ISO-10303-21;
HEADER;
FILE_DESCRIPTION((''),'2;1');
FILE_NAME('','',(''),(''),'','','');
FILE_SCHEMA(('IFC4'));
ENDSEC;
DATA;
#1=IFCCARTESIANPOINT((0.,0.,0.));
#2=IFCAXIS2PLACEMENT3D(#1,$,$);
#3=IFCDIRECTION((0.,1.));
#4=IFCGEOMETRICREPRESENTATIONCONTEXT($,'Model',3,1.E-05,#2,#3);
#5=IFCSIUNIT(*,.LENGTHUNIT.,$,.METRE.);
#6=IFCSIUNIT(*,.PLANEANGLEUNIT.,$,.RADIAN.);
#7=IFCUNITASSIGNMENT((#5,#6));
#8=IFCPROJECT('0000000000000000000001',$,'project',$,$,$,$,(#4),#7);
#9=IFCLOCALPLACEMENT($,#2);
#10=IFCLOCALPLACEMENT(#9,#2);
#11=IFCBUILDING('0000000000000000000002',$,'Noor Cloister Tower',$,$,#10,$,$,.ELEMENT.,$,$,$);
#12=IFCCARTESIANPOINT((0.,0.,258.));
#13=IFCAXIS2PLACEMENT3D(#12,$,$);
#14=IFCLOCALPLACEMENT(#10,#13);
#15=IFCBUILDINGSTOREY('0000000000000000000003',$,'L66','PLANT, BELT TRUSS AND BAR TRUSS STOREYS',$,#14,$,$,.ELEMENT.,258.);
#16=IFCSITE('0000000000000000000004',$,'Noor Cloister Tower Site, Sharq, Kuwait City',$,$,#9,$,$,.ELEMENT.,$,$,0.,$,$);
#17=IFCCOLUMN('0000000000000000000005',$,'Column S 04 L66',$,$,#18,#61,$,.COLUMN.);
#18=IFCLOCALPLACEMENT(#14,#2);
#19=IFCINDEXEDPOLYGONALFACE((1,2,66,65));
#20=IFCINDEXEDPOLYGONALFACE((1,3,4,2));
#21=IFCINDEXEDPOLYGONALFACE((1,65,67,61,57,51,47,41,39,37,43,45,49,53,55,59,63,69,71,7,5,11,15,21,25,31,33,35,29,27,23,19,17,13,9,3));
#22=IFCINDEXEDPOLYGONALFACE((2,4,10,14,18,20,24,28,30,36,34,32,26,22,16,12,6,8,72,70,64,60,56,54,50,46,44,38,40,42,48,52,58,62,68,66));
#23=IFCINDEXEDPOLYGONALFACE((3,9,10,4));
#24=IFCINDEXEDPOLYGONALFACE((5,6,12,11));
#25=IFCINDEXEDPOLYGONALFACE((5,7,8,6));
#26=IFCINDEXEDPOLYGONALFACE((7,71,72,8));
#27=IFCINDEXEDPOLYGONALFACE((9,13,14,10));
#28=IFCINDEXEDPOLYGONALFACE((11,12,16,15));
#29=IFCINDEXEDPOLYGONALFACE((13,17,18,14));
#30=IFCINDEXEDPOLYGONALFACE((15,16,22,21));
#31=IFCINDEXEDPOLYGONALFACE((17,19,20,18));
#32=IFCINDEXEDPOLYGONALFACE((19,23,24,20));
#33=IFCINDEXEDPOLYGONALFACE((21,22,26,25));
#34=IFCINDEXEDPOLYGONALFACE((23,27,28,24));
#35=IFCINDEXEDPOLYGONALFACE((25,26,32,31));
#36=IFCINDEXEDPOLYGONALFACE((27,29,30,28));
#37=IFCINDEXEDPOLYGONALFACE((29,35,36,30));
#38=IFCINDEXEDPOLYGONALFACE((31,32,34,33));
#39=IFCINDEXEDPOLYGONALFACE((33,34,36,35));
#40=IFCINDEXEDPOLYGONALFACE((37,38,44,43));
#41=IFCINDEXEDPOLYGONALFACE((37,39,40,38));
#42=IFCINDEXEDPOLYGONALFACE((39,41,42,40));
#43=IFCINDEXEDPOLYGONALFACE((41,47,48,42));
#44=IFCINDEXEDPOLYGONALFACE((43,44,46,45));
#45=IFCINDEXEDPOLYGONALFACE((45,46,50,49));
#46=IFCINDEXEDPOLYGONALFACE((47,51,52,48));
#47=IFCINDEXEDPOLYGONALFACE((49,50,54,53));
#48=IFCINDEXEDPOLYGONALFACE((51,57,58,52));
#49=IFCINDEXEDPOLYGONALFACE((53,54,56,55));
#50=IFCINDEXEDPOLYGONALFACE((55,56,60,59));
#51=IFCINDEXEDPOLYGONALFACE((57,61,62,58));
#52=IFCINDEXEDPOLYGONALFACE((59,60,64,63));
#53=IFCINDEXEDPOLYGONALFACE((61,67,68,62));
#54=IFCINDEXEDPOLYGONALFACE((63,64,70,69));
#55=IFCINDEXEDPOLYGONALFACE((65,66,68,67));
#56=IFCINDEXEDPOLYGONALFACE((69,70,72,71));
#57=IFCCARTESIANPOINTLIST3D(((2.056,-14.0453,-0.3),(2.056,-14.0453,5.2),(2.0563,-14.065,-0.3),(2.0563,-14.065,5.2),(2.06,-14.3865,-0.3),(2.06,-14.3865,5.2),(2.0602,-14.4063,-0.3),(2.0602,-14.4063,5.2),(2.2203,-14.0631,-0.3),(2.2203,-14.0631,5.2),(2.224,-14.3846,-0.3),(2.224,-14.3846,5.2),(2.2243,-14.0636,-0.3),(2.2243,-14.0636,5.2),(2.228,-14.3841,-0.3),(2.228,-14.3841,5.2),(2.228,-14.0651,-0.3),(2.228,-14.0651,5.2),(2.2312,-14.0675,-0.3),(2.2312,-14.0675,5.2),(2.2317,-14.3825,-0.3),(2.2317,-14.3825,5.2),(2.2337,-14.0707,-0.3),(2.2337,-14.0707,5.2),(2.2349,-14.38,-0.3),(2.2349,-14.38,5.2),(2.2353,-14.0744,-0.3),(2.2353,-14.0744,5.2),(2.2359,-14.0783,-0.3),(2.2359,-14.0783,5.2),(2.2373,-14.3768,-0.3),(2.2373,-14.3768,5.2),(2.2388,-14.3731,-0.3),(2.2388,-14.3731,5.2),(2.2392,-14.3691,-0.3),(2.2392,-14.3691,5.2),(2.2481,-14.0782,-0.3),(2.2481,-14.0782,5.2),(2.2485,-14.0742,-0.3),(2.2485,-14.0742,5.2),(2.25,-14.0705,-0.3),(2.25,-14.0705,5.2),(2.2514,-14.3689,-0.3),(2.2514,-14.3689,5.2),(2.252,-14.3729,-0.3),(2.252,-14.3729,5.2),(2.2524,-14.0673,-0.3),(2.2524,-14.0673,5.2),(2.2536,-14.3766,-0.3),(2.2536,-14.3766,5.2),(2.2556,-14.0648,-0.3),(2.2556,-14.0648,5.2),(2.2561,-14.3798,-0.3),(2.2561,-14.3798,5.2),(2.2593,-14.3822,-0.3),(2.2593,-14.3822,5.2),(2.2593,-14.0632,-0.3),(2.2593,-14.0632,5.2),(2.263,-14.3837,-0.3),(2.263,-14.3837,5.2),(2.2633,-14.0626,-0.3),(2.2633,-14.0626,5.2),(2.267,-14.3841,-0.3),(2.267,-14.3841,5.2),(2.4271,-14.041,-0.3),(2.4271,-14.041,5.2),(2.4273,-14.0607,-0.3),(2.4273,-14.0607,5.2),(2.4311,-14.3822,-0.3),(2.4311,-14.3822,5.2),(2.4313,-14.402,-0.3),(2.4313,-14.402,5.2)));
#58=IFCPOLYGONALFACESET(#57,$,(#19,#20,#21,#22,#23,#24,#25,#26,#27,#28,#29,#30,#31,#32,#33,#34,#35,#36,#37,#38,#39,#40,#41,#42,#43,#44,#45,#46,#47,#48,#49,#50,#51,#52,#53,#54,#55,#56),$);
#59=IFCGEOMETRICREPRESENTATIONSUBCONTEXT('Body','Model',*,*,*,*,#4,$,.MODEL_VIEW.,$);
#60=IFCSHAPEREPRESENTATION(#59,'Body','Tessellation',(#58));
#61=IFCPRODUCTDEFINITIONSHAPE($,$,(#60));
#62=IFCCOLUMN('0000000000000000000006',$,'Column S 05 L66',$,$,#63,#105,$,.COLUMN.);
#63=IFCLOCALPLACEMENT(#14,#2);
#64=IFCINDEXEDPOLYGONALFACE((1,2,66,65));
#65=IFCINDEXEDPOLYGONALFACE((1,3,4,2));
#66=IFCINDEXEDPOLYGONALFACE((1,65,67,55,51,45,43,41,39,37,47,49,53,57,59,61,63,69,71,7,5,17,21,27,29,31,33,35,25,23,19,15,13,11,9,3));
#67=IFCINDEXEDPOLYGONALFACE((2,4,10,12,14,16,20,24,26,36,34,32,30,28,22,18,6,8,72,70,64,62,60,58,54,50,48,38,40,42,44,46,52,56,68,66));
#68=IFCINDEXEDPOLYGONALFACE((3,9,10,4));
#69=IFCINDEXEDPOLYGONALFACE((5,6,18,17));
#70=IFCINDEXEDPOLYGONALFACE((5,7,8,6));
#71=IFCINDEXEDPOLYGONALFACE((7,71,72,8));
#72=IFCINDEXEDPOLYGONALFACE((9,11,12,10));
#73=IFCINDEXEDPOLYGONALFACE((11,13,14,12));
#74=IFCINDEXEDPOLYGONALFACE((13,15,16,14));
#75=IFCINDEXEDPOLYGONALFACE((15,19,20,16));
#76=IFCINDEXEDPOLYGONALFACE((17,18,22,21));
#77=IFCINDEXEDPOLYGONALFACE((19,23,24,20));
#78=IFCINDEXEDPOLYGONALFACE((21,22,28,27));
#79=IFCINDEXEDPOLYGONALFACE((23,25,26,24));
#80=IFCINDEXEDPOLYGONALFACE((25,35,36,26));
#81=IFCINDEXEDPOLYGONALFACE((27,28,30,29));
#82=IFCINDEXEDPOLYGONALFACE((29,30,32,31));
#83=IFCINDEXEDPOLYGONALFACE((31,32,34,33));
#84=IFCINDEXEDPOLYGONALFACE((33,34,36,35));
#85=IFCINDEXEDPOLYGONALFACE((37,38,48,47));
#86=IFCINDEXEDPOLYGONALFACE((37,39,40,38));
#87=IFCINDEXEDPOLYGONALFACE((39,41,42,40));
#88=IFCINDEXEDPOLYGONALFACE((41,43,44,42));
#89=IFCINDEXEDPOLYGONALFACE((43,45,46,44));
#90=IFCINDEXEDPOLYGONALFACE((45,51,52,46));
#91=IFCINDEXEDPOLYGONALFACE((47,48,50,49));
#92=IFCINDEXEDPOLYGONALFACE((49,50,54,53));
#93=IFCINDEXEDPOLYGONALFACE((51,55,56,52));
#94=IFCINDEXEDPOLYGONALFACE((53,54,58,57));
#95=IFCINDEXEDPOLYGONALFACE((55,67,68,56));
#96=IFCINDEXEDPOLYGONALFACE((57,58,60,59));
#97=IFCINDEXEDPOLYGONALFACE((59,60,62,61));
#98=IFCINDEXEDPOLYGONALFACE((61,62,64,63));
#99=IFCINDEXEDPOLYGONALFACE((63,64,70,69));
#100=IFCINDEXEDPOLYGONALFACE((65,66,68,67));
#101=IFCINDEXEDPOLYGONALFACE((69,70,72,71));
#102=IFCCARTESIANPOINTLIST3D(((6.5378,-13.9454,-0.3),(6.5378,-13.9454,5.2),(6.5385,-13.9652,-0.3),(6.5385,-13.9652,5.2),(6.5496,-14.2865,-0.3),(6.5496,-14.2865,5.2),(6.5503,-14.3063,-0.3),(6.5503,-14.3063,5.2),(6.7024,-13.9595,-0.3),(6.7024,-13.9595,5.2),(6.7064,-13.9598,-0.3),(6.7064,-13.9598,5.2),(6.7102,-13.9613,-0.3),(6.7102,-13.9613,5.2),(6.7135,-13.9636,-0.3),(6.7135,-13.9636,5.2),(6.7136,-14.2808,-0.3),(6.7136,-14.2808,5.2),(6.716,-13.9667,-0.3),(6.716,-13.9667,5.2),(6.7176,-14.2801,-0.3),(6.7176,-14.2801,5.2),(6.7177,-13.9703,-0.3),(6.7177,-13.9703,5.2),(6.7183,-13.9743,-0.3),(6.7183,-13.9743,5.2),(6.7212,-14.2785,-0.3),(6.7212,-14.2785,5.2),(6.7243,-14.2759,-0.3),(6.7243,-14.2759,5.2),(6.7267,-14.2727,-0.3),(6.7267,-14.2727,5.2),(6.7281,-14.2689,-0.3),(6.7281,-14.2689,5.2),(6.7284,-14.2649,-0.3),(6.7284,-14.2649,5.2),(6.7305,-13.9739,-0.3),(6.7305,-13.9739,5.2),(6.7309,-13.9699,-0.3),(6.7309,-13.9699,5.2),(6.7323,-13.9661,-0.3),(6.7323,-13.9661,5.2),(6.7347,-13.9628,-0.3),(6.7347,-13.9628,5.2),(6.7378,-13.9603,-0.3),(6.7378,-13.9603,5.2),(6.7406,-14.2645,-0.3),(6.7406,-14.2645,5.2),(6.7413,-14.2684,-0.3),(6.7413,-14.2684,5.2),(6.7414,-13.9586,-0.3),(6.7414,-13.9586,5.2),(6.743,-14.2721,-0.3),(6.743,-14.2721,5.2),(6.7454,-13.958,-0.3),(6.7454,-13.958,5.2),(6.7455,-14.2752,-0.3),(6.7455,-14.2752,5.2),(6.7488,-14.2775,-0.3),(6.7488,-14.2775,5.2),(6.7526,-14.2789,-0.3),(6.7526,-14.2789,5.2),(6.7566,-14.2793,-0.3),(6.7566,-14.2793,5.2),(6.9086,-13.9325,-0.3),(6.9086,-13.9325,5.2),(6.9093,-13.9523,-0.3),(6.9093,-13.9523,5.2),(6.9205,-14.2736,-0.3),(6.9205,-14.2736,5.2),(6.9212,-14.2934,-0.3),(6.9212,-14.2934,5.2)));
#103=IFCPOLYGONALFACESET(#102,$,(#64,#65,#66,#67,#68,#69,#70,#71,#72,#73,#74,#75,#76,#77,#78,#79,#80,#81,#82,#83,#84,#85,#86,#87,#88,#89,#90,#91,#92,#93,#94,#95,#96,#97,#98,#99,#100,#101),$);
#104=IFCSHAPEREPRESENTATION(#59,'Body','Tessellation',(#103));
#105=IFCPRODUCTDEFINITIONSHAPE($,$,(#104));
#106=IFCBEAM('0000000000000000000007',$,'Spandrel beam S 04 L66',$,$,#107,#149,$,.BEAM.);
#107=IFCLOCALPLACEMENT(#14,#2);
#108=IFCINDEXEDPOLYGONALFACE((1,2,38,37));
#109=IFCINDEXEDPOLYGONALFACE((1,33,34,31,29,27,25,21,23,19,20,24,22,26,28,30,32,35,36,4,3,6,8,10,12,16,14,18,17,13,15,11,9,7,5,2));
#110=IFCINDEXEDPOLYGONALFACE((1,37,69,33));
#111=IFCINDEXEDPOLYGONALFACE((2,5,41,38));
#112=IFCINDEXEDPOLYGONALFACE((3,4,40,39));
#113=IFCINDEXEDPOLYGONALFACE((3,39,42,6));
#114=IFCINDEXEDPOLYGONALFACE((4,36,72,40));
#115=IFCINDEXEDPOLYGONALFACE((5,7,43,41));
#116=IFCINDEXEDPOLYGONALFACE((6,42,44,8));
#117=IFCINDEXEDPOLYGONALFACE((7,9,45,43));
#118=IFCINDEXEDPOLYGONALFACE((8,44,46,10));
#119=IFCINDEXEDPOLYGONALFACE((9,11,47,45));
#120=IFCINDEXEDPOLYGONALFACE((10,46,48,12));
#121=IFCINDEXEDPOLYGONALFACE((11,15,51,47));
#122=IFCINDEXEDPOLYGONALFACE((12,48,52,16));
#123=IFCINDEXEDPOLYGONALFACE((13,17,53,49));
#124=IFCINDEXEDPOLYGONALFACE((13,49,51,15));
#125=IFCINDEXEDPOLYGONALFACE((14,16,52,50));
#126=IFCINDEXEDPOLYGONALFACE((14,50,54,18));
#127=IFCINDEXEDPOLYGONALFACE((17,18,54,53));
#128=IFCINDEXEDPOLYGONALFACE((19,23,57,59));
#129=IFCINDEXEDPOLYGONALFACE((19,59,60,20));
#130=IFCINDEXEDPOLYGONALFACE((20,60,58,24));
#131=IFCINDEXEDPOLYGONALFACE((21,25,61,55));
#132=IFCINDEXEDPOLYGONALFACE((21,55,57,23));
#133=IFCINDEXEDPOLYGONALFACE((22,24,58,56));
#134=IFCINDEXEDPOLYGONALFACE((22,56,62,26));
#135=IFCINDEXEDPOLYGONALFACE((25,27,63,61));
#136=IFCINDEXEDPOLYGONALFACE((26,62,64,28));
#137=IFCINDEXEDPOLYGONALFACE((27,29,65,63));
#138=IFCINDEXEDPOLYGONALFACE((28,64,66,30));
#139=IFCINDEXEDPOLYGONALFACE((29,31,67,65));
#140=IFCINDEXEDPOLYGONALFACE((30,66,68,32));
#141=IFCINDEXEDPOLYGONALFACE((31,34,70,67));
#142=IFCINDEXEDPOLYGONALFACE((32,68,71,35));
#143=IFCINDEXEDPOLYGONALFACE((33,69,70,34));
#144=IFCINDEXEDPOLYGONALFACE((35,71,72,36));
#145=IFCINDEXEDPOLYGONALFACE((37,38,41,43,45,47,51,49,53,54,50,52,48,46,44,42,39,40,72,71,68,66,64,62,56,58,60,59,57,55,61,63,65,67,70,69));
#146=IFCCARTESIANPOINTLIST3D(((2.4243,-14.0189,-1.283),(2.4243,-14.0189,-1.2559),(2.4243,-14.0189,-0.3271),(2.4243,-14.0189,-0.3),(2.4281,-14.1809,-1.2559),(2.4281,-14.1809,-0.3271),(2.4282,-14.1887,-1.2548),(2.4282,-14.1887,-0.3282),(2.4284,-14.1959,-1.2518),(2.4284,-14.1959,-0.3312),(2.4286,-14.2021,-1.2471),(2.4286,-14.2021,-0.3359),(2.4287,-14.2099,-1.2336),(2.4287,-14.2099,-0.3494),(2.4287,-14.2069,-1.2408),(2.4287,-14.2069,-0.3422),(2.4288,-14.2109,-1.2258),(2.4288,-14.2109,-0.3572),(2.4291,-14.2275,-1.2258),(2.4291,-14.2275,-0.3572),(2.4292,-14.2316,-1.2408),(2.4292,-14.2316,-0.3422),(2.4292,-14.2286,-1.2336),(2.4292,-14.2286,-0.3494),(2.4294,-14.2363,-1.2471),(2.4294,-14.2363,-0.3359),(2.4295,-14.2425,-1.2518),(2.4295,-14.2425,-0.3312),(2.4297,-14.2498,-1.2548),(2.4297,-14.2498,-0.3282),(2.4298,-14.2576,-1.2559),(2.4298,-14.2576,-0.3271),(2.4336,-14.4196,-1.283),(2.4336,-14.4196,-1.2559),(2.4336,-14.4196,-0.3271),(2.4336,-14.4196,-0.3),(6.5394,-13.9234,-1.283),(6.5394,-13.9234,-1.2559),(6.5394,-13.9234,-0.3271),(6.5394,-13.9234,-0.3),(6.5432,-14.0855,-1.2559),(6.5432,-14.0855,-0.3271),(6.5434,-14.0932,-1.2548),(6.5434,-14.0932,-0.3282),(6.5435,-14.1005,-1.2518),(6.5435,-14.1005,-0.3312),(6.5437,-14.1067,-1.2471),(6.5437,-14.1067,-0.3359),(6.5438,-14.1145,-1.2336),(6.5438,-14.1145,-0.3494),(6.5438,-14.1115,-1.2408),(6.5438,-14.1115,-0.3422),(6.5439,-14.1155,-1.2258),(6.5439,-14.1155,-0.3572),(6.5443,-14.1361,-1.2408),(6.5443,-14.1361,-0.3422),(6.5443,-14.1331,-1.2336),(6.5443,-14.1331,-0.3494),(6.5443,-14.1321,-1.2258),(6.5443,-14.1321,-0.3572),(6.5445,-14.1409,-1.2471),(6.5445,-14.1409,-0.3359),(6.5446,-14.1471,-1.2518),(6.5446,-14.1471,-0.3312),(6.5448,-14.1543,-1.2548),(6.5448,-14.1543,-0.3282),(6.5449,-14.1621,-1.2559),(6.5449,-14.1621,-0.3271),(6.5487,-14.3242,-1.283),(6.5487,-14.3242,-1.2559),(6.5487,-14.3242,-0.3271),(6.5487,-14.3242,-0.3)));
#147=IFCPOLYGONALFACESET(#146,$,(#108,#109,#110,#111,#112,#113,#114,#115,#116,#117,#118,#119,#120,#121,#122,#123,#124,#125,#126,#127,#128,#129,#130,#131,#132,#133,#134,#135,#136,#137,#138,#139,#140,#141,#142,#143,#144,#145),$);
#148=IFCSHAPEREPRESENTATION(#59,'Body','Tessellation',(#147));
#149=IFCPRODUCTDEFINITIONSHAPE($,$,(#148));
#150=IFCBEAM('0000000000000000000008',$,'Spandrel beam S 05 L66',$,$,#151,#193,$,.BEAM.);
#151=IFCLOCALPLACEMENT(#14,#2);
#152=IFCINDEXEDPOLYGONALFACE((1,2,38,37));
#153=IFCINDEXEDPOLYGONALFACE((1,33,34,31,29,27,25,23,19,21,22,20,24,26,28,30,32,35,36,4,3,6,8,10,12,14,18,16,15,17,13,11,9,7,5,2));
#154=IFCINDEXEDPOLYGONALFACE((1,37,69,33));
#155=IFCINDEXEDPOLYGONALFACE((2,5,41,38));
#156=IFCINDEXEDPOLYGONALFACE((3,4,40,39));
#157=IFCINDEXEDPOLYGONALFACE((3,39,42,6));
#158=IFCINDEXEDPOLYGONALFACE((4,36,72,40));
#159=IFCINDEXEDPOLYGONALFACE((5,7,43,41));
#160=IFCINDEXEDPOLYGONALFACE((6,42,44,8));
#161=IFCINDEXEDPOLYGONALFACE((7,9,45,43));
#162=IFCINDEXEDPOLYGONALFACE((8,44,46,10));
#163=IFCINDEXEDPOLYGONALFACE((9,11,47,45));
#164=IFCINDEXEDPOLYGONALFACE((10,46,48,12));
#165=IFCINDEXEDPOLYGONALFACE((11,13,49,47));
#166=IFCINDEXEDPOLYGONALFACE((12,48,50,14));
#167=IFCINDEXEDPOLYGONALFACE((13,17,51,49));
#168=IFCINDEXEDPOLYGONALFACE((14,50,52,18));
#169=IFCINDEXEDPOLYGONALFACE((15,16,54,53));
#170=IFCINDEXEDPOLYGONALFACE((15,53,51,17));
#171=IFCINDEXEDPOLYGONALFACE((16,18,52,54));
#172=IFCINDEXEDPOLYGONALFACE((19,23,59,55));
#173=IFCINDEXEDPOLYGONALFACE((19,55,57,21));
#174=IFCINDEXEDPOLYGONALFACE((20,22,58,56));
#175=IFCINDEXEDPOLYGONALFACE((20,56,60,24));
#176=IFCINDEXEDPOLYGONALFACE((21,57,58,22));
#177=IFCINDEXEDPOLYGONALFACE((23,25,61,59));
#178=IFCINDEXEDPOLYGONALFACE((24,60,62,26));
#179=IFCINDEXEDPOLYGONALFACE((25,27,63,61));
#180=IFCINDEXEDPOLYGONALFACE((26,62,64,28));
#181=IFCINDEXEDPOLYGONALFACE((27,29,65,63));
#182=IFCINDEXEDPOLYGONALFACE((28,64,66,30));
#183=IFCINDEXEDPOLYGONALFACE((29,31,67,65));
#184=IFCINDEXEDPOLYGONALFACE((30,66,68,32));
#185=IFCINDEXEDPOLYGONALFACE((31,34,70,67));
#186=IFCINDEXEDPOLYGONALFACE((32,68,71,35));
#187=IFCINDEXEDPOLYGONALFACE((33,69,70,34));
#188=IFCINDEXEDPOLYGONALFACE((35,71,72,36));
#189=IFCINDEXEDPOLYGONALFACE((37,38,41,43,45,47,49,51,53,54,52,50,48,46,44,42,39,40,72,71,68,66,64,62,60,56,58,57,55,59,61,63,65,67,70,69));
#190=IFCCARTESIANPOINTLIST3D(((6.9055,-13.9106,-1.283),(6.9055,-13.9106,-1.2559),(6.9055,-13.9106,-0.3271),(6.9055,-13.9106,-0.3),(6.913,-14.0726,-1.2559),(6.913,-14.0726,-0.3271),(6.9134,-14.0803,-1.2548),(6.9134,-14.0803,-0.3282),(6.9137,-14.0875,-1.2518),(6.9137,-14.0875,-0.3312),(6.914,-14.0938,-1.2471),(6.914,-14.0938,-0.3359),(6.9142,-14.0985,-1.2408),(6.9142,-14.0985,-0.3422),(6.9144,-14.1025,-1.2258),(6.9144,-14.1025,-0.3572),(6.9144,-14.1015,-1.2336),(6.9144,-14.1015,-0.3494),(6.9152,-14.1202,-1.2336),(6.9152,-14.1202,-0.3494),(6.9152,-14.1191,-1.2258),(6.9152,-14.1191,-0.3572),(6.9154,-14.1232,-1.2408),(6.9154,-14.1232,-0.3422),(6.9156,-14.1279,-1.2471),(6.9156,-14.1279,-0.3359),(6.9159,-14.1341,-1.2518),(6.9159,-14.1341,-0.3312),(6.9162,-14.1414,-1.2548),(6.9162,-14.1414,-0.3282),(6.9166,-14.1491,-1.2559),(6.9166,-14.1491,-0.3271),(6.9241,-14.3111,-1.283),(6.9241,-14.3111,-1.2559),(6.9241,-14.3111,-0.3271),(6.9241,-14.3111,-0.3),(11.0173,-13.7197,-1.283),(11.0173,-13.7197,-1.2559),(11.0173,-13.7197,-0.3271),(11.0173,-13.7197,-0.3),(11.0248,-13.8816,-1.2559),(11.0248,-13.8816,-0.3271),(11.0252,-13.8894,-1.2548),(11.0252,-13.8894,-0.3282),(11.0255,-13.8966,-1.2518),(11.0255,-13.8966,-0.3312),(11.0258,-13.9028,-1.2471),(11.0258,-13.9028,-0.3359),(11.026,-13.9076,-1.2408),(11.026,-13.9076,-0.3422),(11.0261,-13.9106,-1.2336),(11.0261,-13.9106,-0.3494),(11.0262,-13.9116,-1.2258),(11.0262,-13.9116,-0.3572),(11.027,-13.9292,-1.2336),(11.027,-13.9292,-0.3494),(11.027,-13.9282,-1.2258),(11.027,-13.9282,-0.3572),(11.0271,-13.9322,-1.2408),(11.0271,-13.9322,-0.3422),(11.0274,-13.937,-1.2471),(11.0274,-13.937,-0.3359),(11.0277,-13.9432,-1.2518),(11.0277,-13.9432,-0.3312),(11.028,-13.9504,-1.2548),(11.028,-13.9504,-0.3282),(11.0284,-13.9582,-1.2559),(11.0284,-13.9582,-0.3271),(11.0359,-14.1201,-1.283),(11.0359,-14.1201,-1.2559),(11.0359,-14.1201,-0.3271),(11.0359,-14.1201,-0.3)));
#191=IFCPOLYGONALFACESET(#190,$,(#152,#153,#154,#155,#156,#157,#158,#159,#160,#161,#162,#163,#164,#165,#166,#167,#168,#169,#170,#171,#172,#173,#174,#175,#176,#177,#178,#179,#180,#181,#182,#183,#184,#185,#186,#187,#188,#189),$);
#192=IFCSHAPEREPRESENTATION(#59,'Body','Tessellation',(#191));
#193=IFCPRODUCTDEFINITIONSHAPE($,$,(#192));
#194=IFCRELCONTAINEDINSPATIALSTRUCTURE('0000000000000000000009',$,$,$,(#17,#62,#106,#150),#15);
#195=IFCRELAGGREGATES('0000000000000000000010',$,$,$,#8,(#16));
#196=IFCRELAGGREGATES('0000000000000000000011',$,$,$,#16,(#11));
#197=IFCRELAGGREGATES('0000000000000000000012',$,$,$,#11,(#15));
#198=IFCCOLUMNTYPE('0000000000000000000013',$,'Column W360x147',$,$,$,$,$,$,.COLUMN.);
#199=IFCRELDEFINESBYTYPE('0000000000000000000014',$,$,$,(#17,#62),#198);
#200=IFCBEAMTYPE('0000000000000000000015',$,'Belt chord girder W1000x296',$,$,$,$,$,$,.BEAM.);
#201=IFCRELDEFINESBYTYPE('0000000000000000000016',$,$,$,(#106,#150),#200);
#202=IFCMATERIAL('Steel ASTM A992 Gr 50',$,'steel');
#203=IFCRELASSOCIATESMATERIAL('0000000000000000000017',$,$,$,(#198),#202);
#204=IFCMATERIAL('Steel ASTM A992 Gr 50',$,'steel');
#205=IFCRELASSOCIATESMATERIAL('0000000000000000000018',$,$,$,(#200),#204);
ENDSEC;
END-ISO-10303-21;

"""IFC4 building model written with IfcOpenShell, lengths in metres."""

from ifc_helpers import new_model, si_unit, direction, frame, origin, origin_2d, place, context, subcontext, project, spatial, i_section, extrude, material, material_profile, profile_set, type_object, element, save


model = new_model("IFC4")

# Units and contexts
model_context = context("Model", 3, precision=1e-05, world=origin(), true_north=direction((0.0, 1.0)))
body_context = subcontext(model_context, "Body", "Model", "MODEL_VIEW")
ifc_project = project(units=[si_unit("LENGTHUNIT", "METRE"), si_unit("PLANEANGLEUNIT", "RADIAN")], contexts=[model_context])

# Site, building, storey
site_placement = place(None, origin())
site = spatial("IfcSite", under=ifc_project, at=site_placement, Name="Noor Cloister Tower Site, Sharq, Kuwait City", CompositionType="ELEMENT", RefElevation=0.0)
building_placement = place(site_placement, origin())
building = spatial("IfcBuilding", under=site, at=building_placement, Name="Noor Cloister Tower", CompositionType="ELEMENT")
storey_placement = place(building_placement, frame((0.0, 0.0, 258.0)))
storey = spatial("IfcBuildingStorey", under=building, at=storey_placement, Name="L66", Description="PLANT, BELT TRUSS AND BAR TRUSS STOREYS", CompositionType="ELEMENT", Elevation=258.0)

# Columns
ifc_material_1 = material(Name="Steel ASTM A992 Gr 50", Category="steel")
ifc_material_profile_1 = material_profile(ifc_material_1, i_section(OverallWidth=0.3711, OverallDepth=0.3611, WebThickness=0.0122, FlangeThickness=0.0198, FilletRadius=0.0154, at=origin_2d()), Name="W360x147")
ifc_profile_set_1 = profile_set([ifc_material_profile_1], Name="Steel ASTM A992 Gr 50")
column_type = type_object("IfcColumnType", Name="Column W360x147", PredefinedType="COLUMN", material=ifc_profile_set_1)
for number, where, z_axis, x_axis, name in (
    (1, (2.2437, -14.2236, -0.3), (0.0, 0.0, 1.0), (0.999933, 0.011596, 0.0), "Column S 04 L66"),
    (2, (6.7295, -14.1194, -0.3), (0.0, 0.0, 1.0), (0.999395, 0.034782, 0.0), "Column S 05 L66"),
):
    element("IfcColumn", number, at=place(storey_placement, frame(where, z_axis=z_axis, x_axis=x_axis)), inside=storey, type_object=column_type, Name=name, PredefinedType="COLUMN", context=body_context, shape_type="SweptSolid", body=[
        extrude(i_section(OverallWidth=0.3711, OverallDepth=0.3611, WebThickness=0.0122, FlangeThickness=0.0198, FilletRadius=0.0154, at=origin_2d()), origin(), (0.0, 0.0, 1.0), 5.5),
    ])

# Beams
ifc_material_2 = material(Name="Steel ASTM A992 Gr 50", Category="steel")
ifc_material_profile_2 = material_profile(ifc_material_2, i_section(OverallWidth=0.4009, OverallDepth=0.9829, WebThickness=0.0166, FlangeThickness=0.0271, FilletRadius=0.03, at=origin_2d()), Name="W1000x296")
ifc_profile_set_2 = profile_set([ifc_material_profile_2], Name="Steel ASTM A992 Gr 50")
beam_type_1 = type_object("IfcBeamType", Name="Belt chord girder W1000x296", PredefinedType="BEAM", material=ifc_profile_set_2)
for number, where, z_axis, x_axis, name in (
    (3, (2.429, -14.2192, -0.7915), (0.999731, 0.023192, 0.0), (-0.023192, 0.999731, 0.0), "Spandrel beam S 04 L66"),
    (4, (6.9148, -14.1108, -0.7915), (0.998924, 0.046382, 0.0), (-0.046382, 0.998924, 0.0), "Spandrel beam S 05 L66"),
):
    element("IfcBeam", number, at=place(storey_placement, frame(where, z_axis=z_axis, x_axis=x_axis)), inside=storey, type_object=beam_type_1, Name=name, PredefinedType="BEAM", context=body_context, shape_type="SweptSolid", body=[
        extrude(i_section(OverallWidth=0.4009, OverallDepth=0.9829, WebThickness=0.0166, FlangeThickness=0.0271, FilletRadius=0.03, at=origin_2d()), origin(), (0.0, 0.0, 1.0), 4.1162),
    ])

save(model, "model.ifc")
